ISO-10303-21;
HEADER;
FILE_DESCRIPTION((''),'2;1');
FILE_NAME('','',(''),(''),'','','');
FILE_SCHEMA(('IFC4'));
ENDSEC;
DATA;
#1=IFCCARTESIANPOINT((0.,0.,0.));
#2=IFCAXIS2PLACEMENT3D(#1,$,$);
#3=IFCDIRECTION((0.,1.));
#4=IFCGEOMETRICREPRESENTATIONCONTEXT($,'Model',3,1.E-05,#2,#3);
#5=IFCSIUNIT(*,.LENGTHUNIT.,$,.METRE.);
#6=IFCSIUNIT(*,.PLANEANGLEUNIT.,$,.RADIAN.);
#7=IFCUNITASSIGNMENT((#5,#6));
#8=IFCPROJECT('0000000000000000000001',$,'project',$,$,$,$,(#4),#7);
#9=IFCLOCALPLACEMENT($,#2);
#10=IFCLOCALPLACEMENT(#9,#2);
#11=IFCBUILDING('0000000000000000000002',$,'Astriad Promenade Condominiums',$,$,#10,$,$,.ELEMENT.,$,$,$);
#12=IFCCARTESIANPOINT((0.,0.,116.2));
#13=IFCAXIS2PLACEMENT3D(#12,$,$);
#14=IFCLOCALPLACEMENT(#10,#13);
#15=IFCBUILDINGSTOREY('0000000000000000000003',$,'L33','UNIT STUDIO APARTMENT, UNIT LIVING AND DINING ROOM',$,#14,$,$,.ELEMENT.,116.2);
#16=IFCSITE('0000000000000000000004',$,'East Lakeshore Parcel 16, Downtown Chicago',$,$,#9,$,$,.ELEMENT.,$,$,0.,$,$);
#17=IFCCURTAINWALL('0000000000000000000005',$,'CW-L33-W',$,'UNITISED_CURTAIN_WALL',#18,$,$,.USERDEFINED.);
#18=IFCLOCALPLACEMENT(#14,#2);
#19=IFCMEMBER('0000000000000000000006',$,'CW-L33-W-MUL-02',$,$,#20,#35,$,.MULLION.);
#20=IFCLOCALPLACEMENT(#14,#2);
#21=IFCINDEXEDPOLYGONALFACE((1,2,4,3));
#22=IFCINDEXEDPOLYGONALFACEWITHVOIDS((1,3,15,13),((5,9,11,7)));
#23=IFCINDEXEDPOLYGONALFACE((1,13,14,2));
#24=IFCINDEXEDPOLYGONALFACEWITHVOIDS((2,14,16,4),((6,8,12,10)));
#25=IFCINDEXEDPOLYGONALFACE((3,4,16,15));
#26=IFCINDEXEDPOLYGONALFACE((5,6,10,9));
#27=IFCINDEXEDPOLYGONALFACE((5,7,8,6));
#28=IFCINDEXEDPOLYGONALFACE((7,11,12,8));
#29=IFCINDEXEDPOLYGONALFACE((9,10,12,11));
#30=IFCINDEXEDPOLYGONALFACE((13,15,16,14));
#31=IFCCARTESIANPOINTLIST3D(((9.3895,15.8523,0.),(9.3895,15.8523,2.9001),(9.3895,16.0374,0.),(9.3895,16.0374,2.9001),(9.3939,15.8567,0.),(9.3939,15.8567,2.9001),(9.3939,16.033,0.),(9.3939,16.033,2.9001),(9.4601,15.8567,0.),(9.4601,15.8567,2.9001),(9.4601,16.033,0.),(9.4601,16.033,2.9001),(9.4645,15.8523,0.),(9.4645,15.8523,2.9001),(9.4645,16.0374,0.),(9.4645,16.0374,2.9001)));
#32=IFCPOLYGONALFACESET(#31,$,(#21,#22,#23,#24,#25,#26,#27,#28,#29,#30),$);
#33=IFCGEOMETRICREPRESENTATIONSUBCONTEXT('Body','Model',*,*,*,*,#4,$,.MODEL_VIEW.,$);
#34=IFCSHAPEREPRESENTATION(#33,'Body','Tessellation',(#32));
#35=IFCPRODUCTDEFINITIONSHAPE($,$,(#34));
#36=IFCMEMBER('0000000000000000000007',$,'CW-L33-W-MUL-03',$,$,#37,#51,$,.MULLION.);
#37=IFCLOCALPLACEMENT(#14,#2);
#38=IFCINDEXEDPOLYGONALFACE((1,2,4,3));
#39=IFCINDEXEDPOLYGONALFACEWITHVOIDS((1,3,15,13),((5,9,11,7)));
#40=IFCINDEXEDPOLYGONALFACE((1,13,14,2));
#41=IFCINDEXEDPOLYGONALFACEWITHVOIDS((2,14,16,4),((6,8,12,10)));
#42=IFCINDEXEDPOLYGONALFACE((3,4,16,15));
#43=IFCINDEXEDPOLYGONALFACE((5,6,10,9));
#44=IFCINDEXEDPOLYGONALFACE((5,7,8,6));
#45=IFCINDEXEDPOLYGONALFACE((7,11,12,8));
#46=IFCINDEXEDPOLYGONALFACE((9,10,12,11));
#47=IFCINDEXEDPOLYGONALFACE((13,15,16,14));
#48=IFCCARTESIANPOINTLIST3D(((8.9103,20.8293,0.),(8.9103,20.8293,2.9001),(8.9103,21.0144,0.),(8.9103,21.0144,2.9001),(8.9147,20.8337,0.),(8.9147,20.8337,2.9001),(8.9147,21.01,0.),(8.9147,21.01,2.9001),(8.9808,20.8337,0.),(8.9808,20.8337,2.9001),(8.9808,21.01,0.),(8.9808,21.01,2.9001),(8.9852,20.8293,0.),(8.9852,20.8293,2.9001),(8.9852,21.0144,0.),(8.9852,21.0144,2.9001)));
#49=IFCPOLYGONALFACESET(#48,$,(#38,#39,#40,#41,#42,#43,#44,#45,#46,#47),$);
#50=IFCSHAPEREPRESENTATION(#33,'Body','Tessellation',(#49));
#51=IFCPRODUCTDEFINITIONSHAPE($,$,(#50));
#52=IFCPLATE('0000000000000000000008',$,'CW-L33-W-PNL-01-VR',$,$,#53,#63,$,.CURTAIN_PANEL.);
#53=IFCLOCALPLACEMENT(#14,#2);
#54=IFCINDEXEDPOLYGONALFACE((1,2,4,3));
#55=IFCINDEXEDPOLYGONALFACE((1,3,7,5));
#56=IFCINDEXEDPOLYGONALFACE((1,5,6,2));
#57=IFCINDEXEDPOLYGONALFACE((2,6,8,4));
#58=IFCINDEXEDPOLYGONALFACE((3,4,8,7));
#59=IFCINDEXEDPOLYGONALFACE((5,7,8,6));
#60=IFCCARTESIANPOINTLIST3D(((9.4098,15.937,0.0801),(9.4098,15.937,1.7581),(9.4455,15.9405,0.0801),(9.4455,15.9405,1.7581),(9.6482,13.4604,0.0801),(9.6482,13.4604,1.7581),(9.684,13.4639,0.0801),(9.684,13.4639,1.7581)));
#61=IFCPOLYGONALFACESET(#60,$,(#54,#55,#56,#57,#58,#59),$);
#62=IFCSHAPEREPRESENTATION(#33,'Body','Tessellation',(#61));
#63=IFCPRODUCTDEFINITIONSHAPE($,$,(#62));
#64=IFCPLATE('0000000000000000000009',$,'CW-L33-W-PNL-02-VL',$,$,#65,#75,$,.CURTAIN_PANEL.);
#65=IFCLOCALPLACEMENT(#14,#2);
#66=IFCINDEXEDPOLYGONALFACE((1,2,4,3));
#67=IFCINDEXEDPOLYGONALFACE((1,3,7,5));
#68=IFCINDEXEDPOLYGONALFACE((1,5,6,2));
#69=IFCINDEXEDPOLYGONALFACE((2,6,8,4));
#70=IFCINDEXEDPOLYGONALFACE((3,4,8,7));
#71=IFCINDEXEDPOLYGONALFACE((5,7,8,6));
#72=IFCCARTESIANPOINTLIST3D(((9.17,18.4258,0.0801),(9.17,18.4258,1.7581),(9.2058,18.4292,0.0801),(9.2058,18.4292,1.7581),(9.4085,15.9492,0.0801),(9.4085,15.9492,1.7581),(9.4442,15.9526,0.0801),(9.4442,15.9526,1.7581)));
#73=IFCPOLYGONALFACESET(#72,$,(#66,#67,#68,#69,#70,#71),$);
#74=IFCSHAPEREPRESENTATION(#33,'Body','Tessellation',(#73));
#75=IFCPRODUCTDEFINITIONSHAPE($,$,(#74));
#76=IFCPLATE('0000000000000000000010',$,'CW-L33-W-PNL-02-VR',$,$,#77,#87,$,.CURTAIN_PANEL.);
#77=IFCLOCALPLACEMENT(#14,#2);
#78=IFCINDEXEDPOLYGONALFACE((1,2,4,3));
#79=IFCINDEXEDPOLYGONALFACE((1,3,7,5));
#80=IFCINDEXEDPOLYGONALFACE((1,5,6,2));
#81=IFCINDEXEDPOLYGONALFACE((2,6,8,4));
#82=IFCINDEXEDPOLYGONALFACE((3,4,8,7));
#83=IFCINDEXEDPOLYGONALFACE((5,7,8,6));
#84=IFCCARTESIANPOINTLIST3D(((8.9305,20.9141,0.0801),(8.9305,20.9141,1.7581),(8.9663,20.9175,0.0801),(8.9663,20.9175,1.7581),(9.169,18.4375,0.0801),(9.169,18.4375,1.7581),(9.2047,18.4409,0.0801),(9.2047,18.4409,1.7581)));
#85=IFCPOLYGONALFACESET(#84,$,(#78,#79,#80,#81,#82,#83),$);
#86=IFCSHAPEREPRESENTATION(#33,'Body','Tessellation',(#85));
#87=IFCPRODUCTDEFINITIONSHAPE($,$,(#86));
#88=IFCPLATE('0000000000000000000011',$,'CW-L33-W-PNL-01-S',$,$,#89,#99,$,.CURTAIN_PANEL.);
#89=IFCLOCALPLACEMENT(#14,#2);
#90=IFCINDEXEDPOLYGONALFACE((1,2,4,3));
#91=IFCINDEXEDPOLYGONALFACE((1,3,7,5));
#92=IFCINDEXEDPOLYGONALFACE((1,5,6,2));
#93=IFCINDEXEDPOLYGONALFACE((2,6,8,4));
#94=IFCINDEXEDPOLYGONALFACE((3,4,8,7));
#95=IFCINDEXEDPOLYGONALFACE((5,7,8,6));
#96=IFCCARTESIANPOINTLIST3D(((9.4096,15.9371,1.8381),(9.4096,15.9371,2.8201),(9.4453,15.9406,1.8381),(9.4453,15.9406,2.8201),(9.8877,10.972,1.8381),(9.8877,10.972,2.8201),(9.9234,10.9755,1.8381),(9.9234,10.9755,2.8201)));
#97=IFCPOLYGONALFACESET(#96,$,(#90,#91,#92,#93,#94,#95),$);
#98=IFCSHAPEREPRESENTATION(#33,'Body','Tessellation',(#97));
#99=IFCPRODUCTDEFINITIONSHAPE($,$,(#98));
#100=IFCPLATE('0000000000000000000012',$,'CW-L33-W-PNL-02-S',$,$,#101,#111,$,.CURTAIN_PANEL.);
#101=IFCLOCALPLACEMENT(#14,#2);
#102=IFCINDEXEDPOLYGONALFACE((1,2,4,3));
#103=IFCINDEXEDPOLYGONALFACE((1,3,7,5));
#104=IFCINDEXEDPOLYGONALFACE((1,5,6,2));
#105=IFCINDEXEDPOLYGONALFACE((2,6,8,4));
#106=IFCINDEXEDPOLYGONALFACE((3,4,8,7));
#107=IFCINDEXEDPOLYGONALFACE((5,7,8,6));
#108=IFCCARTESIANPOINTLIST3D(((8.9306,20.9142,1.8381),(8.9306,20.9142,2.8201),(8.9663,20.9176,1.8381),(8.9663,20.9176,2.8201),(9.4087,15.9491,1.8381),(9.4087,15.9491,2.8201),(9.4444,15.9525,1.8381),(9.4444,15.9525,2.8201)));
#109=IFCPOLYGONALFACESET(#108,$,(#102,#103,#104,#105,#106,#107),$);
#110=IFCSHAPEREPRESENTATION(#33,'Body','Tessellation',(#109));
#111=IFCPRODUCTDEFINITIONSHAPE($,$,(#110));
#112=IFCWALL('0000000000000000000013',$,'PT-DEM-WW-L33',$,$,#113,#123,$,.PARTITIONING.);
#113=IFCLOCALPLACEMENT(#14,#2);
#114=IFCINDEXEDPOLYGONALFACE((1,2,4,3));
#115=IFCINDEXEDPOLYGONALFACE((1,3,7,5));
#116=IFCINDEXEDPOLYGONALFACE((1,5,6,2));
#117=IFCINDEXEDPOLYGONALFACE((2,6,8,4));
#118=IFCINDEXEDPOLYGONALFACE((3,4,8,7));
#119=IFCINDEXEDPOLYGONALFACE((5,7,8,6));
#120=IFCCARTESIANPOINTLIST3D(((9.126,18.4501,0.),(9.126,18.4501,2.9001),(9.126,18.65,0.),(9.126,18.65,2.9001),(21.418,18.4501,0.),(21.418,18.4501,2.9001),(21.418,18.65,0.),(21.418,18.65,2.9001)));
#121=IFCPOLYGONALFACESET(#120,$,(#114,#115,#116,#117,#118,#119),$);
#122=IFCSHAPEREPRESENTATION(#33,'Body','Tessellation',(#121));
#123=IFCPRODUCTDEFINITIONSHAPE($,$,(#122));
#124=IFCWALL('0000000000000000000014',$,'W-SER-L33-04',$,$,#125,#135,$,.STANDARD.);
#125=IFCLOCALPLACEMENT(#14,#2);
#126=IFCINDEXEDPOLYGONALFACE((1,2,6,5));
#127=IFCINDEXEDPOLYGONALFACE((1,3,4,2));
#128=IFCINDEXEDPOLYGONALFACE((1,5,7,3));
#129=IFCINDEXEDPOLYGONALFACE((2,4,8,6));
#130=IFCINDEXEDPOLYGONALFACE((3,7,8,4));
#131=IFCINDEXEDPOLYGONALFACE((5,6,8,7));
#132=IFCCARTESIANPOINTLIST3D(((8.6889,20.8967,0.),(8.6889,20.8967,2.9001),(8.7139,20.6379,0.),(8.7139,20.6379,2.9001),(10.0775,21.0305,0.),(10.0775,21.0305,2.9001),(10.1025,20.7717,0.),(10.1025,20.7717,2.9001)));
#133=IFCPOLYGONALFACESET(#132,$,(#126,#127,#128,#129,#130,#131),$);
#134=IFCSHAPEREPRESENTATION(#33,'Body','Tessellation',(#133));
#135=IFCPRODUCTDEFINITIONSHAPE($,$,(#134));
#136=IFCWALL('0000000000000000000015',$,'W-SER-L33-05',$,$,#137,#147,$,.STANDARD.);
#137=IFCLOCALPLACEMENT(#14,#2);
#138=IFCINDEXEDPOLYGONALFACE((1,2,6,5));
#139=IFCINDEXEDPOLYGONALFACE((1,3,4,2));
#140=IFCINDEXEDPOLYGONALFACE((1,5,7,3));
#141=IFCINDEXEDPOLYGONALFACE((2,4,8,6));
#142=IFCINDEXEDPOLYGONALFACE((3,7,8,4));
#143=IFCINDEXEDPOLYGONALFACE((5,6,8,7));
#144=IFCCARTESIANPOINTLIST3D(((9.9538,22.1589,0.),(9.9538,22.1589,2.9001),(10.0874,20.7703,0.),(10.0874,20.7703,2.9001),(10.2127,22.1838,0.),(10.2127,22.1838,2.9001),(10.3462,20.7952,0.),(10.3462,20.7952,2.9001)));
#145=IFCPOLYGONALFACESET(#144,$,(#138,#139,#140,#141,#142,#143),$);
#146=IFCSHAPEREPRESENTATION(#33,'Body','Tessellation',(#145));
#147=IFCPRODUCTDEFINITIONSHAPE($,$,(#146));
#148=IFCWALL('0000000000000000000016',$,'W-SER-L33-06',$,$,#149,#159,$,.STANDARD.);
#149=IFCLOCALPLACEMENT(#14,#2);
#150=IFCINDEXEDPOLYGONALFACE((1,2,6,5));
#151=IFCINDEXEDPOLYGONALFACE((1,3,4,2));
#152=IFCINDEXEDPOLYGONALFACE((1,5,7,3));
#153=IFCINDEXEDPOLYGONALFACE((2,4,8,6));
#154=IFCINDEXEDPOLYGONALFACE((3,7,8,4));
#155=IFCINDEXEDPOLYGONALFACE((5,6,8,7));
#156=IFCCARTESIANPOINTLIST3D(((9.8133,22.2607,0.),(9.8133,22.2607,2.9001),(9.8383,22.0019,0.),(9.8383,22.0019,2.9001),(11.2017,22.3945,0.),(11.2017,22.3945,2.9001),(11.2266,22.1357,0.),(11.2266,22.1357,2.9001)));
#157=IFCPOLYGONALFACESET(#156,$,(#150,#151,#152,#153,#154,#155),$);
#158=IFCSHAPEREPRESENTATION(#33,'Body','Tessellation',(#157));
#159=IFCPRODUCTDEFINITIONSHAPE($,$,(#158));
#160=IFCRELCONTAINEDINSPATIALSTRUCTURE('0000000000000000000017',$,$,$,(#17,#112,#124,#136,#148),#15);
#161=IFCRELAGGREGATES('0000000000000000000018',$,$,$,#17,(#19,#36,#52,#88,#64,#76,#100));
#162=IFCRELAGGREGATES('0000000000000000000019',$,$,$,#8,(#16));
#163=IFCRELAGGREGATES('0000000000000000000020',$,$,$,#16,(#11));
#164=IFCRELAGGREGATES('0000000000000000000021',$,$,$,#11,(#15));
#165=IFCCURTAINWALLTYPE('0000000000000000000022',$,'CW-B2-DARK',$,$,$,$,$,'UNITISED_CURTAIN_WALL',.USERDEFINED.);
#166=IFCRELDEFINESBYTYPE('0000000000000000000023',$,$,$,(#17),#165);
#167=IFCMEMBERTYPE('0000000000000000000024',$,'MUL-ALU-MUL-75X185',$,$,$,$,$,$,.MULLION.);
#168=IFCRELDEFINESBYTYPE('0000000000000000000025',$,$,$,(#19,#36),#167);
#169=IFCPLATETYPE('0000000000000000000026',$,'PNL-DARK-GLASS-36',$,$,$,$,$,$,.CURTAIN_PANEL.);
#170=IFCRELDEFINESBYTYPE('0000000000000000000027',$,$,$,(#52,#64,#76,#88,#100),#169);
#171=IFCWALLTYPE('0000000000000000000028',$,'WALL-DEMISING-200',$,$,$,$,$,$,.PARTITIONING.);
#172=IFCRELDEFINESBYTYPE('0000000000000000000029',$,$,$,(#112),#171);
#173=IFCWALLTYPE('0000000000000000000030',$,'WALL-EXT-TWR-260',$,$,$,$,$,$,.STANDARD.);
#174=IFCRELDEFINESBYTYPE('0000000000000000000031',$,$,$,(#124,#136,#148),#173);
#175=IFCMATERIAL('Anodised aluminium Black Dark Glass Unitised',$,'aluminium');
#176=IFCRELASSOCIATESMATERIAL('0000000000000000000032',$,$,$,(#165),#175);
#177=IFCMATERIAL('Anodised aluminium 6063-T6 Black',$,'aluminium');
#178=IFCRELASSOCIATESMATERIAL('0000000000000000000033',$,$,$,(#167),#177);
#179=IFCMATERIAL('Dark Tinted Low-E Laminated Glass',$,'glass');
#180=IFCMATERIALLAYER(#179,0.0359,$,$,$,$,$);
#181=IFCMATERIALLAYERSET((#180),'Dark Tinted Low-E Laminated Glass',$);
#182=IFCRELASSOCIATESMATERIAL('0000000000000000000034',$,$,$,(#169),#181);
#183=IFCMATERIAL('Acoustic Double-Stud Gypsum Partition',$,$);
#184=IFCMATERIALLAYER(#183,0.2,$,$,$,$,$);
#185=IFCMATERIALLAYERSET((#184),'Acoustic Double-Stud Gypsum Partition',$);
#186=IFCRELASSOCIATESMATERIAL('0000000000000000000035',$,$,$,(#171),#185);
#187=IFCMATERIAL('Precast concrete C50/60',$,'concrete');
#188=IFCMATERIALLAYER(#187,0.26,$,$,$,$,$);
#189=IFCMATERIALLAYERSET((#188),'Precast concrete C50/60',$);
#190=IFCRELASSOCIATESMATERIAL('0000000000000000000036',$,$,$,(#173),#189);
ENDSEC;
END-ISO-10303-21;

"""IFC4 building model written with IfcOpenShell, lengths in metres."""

from ifc_helpers import new_model, si_unit, direction, frame, frame_2d, origin, origin_2d, place, context, subcontext, project, spatial, rectangle, hollow_rectangle, extrude, source, transform, mapped, material, layer, layer_set, material_profile, profile_set, type_object, type_shapes, element, aggregate, save


model = new_model("IFC4")

# Units and contexts
model_context = context("Model", 3, precision=1e-05, world=origin(), true_north=direction((0.0, 1.0)))
body_context = subcontext(model_context, "Body", "Model", "MODEL_VIEW")
ifc_project = project(units=[si_unit("LENGTHUNIT", "METRE"), si_unit("PLANEANGLEUNIT", "RADIAN")], contexts=[model_context])

# Site, building, storey
site_placement = place(None, origin())
site = spatial("IfcSite", under=ifc_project, at=site_placement, Name="East Lakeshore Parcel 16, Downtown Chicago", CompositionType="ELEMENT", RefElevation=0.0)
building_placement = place(site_placement, origin())
building = spatial("IfcBuilding", under=site, at=building_placement, Name="Astriad Promenade Condominiums", CompositionType="ELEMENT")
storey_placement = place(building_placement, frame((0.0, 0.0, 116.2)))
storey = spatial("IfcBuildingStorey", under=building, at=storey_placement, Name="L33", Description="UNIT STUDIO APARTMENT, UNIT LIVING AND DINING ROOM", CompositionType="ELEMENT", Elevation=116.2)

# Curtain wall, members, plates
ifc_material_1 = material(Name="Anodised aluminium Black Dark Glass Unitised", Category="aluminium")
curtain_wall_type = type_object("IfcCurtainWallType", Name="CW-B2-DARK", ElementType="UNITISED_CURTAIN_WALL", PredefinedType="USERDEFINED", material=ifc_material_1)
curtain_wall_placement = place(storey_placement, origin())
curtain_wall = element("IfcCurtainWall", 1, at=curtain_wall_placement, inside=storey, type_object=curtain_wall_type, Name="CW-L33-W", ObjectType="UNITISED_CURTAIN_WALL", PredefinedType="USERDEFINED")
ifc_material_2 = material(Name="Anodised aluminium 6063-T6 Black", Category="aluminium")
ifc_material_profile_1 = material_profile(ifc_material_2, hollow_rectangle(XDim=0.075, YDim=0.1851, WallThickness=0.0044, at=origin_2d()), Name="ALU-MUL-75X185")
ifc_profile_set_1 = profile_set([ifc_material_profile_1], Name="Anodised aluminium 6063-T6 Black")
member_type_1 = type_object("IfcMemberType", Name="MUL-ALU-MUL-75X185", PredefinedType="MULLION", material=ifc_profile_set_1)
shared_shape_1 = source(origin(), body_context, "Body", "SweptSolid", [
    extrude(hollow_rectangle(XDim=0.075, YDim=0.1851, WallThickness=0.0044, at=origin_2d()), origin(), (0.0, 0.0, 1.0), 2.9001),
])
type_shapes(member_type_1, [shared_shape_1])
member_1_placement = place(storey_placement, frame((9.427, 15.9448, 0.0), z_axis=(0.0, 0.0, 1.0), x_axis=(1.0, 0.0, 0.0)))
member_1 = element("IfcMember", 2, at=member_1_placement, type_object=member_type_1, Name="CW-L33-W-MUL-02", PredefinedType="MULLION", context=body_context, shape_type="MappedRepresentation", body=[
    mapped(shared_shape_1, transform((0.0, 0.0, 0.0), scale=1.0)),
])
member_2_placement = place(storey_placement, frame((8.9478, 20.9219, 0.0), z_axis=(0.0, 0.0, 1.0), x_axis=(1.0, 0.0, 0.0)))
member_2 = element("IfcMember", 3, at=member_2_placement, type_object=member_type_1, Name="CW-L33-W-MUL-03", PredefinedType="MULLION", context=body_context, shape_type="MappedRepresentation", body=[
    mapped(shared_shape_1, transform((0.0, 0.0, 0.0), scale=1.0)),
])
ifc_material_3 = material(Name="Dark Tinted Low-E Laminated Glass", Category="glass")
ifc_layer_1 = layer(ifc_material_3, 0.0359)
ifc_layer_set_1 = layer_set([ifc_layer_1], Name="Dark Tinted Low-E Laminated Glass")
plate_type = type_object("IfcPlateType", Name="PNL-DARK-GLASS-36", PredefinedType="CURTAIN_PANEL", material=ifc_layer_set_1)
shared_shape_2 = source(origin(), body_context, "Body", "SweptSolid", [
    extrude(rectangle(XDim=2.488, YDim=0.0359, at=origin_2d()), origin(), (0.0, 0.0, 1.0), 1.678),
])
plate_1_placement = place(storey_placement, frame((9.5469, 14.7004, 0.0801), z_axis=(0.0, 0.0, 1.0), x_axis=(-0.095846, 0.995396, 0.0)))
plate_1 = element("IfcPlate", 4, at=plate_1_placement, type_object=plate_type, Name="CW-L33-W-PNL-01-VR", PredefinedType="CURTAIN_PANEL", context=body_context, shape_type="MappedRepresentation", body=[
    mapped(shared_shape_2, transform((0.0, 0.0, 0.0), scale=1.0)),
])
plate_2_placement = place(storey_placement, frame((9.3071, 17.1892, 0.0801), z_axis=(0.0, 0.0, 1.0), x_axis=(-0.095846, 0.995396, 0.0)))
plate_2 = element("IfcPlate", 5, at=plate_2_placement, type_object=plate_type, Name="CW-L33-W-PNL-02-VL", PredefinedType="CURTAIN_PANEL", context=body_context, shape_type="MappedRepresentation", body=[
    mapped(shared_shape_2, transform((0.0, 0.0, 0.0), scale=1.0)),
])
plate_3_placement = place(storey_placement, frame((9.0676, 19.6775, 0.0801), z_axis=(0.0, 0.0, 1.0), x_axis=(-0.095846, 0.995396, 0.0)))
plate_3 = element("IfcPlate", 6, at=plate_3_placement, type_object=plate_type, Name="CW-L33-W-PNL-02-VR", PredefinedType="CURTAIN_PANEL", context=body_context, shape_type="MappedRepresentation", body=[
    mapped(shared_shape_2, transform((0.0, 0.0, 0.0), scale=1.0)),
])
shared_shape_3 = source(origin(), body_context, "Body", "SweptSolid", [
    extrude(rectangle(XDim=4.988, YDim=0.0359, at=origin_2d()), origin(), (0.0, 0.0, 1.0), 0.9819),
])
type_shapes(plate_type, [shared_shape_2, shared_shape_3])
plate_4_placement = place(storey_placement, frame((9.6665, 13.4563, 1.8381), z_axis=(0.0, 0.0, 1.0), x_axis=(-0.095846, 0.995396, 0.0)))
plate_4 = element("IfcPlate", 7, at=plate_4_placement, type_object=plate_type, Name="CW-L33-W-PNL-01-S", PredefinedType="CURTAIN_PANEL", context=body_context, shape_type="MappedRepresentation", body=[
    mapped(shared_shape_3, transform((0.0, 0.0, 0.0), scale=1.0)),
])
plate_5_placement = place(storey_placement, frame((9.1875, 18.4333, 1.8381), z_axis=(0.0, 0.0, 1.0), x_axis=(-0.095846, 0.995396, 0.0)))
plate_5 = element("IfcPlate", 8, at=plate_5_placement, type_object=plate_type, Name="CW-L33-W-PNL-02-S", PredefinedType="CURTAIN_PANEL", context=body_context, shape_type="MappedRepresentation", body=[
    mapped(shared_shape_3, transform((0.0, 0.0, 0.0), scale=1.0)),
])
aggregate(curtain_wall, [member_1, member_2, plate_1, plate_4, plate_2, plate_3, plate_5])

# Walls
ifc_material_4 = material(Name="Acoustic Double-Stud Gypsum Partition")
ifc_layer_2 = layer(ifc_material_4, 0.2)
ifc_layer_set_2 = layer_set([ifc_layer_2], Name="Acoustic Double-Stud Gypsum Partition")
wall_type_1 = type_object("IfcWallType", Name="WALL-DEMISING-200", PredefinedType="PARTITIONING", material=ifc_layer_set_2)
wall_1_placement = place(storey_placement, frame((9.126, 18.55, 0.0), z_axis=(0.0, 0.0, 1.0), x_axis=(1.0, 0.0, 0.0)))
element("IfcWall", 9, at=wall_1_placement, inside=storey, type_object=wall_type_1, Name="PT-DEM-WW-L33", PredefinedType="PARTITIONING", context=body_context, shape_type="SweptSolid", body=[
    extrude(rectangle(XDim=12.292, YDim=0.2, at=frame_2d((6.146, 0.0))), origin(), (0.0, 0.0, 1.0), 2.9001),
])
ifc_material_5 = material(Name="Precast concrete C50/60", Category="concrete")
ifc_layer_3 = layer(ifc_material_5, 0.26)
ifc_layer_set_3 = layer_set([ifc_layer_3], Name="Precast concrete C50/60")
wall_type_2 = type_object("IfcWallType", Name="WALL-EXT-TWR-260", PredefinedType="STANDARD", material=ifc_layer_set_3)
for number, where, z_axis, x_axis, name in (
    (10, (8.7014, 20.7673, 0.0), (0.0, 0.0, 1.0), (0.995391, 0.095899, 0.0), "W-SER-L33-04"),
    (11, (10.2168, 20.7827, 0.0), (0.0, 0.0, 1.0), (-0.095726, 0.995408, 0.0), "W-SER-L33-05"),
):
    element("IfcWall", number, at=place(storey_placement, frame(where, z_axis=z_axis, x_axis=x_axis)), inside=storey, type_object=wall_type_2, Name=name, PredefinedType="STANDARD", context=body_context, shape_type="SweptSolid", body=[
        extrude(rectangle(XDim=1.395, YDim=0.26, at=frame_2d((0.6975, 0.0))), origin(), (0.0, 0.0, 1.0), 2.9001),
    ])
wall_2_placement = place(storey_placement, frame((9.8259, 22.1313, 0.0), z_axis=(0.0, 0.0, 1.0), x_axis=(0.995389, 0.095916, 0.0)))
element("IfcWall", 12, at=wall_2_placement, inside=storey, type_object=wall_type_2, Name="W-SER-L33-06", PredefinedType="STANDARD", context=body_context, shape_type="SweptSolid", body=[
    extrude(rectangle(XDim=1.3948, YDim=0.26, at=frame_2d((0.6973, 0.0))), origin(), (0.0, 0.0, 1.0), 2.9001),
])

save(model, "model.ifc")
